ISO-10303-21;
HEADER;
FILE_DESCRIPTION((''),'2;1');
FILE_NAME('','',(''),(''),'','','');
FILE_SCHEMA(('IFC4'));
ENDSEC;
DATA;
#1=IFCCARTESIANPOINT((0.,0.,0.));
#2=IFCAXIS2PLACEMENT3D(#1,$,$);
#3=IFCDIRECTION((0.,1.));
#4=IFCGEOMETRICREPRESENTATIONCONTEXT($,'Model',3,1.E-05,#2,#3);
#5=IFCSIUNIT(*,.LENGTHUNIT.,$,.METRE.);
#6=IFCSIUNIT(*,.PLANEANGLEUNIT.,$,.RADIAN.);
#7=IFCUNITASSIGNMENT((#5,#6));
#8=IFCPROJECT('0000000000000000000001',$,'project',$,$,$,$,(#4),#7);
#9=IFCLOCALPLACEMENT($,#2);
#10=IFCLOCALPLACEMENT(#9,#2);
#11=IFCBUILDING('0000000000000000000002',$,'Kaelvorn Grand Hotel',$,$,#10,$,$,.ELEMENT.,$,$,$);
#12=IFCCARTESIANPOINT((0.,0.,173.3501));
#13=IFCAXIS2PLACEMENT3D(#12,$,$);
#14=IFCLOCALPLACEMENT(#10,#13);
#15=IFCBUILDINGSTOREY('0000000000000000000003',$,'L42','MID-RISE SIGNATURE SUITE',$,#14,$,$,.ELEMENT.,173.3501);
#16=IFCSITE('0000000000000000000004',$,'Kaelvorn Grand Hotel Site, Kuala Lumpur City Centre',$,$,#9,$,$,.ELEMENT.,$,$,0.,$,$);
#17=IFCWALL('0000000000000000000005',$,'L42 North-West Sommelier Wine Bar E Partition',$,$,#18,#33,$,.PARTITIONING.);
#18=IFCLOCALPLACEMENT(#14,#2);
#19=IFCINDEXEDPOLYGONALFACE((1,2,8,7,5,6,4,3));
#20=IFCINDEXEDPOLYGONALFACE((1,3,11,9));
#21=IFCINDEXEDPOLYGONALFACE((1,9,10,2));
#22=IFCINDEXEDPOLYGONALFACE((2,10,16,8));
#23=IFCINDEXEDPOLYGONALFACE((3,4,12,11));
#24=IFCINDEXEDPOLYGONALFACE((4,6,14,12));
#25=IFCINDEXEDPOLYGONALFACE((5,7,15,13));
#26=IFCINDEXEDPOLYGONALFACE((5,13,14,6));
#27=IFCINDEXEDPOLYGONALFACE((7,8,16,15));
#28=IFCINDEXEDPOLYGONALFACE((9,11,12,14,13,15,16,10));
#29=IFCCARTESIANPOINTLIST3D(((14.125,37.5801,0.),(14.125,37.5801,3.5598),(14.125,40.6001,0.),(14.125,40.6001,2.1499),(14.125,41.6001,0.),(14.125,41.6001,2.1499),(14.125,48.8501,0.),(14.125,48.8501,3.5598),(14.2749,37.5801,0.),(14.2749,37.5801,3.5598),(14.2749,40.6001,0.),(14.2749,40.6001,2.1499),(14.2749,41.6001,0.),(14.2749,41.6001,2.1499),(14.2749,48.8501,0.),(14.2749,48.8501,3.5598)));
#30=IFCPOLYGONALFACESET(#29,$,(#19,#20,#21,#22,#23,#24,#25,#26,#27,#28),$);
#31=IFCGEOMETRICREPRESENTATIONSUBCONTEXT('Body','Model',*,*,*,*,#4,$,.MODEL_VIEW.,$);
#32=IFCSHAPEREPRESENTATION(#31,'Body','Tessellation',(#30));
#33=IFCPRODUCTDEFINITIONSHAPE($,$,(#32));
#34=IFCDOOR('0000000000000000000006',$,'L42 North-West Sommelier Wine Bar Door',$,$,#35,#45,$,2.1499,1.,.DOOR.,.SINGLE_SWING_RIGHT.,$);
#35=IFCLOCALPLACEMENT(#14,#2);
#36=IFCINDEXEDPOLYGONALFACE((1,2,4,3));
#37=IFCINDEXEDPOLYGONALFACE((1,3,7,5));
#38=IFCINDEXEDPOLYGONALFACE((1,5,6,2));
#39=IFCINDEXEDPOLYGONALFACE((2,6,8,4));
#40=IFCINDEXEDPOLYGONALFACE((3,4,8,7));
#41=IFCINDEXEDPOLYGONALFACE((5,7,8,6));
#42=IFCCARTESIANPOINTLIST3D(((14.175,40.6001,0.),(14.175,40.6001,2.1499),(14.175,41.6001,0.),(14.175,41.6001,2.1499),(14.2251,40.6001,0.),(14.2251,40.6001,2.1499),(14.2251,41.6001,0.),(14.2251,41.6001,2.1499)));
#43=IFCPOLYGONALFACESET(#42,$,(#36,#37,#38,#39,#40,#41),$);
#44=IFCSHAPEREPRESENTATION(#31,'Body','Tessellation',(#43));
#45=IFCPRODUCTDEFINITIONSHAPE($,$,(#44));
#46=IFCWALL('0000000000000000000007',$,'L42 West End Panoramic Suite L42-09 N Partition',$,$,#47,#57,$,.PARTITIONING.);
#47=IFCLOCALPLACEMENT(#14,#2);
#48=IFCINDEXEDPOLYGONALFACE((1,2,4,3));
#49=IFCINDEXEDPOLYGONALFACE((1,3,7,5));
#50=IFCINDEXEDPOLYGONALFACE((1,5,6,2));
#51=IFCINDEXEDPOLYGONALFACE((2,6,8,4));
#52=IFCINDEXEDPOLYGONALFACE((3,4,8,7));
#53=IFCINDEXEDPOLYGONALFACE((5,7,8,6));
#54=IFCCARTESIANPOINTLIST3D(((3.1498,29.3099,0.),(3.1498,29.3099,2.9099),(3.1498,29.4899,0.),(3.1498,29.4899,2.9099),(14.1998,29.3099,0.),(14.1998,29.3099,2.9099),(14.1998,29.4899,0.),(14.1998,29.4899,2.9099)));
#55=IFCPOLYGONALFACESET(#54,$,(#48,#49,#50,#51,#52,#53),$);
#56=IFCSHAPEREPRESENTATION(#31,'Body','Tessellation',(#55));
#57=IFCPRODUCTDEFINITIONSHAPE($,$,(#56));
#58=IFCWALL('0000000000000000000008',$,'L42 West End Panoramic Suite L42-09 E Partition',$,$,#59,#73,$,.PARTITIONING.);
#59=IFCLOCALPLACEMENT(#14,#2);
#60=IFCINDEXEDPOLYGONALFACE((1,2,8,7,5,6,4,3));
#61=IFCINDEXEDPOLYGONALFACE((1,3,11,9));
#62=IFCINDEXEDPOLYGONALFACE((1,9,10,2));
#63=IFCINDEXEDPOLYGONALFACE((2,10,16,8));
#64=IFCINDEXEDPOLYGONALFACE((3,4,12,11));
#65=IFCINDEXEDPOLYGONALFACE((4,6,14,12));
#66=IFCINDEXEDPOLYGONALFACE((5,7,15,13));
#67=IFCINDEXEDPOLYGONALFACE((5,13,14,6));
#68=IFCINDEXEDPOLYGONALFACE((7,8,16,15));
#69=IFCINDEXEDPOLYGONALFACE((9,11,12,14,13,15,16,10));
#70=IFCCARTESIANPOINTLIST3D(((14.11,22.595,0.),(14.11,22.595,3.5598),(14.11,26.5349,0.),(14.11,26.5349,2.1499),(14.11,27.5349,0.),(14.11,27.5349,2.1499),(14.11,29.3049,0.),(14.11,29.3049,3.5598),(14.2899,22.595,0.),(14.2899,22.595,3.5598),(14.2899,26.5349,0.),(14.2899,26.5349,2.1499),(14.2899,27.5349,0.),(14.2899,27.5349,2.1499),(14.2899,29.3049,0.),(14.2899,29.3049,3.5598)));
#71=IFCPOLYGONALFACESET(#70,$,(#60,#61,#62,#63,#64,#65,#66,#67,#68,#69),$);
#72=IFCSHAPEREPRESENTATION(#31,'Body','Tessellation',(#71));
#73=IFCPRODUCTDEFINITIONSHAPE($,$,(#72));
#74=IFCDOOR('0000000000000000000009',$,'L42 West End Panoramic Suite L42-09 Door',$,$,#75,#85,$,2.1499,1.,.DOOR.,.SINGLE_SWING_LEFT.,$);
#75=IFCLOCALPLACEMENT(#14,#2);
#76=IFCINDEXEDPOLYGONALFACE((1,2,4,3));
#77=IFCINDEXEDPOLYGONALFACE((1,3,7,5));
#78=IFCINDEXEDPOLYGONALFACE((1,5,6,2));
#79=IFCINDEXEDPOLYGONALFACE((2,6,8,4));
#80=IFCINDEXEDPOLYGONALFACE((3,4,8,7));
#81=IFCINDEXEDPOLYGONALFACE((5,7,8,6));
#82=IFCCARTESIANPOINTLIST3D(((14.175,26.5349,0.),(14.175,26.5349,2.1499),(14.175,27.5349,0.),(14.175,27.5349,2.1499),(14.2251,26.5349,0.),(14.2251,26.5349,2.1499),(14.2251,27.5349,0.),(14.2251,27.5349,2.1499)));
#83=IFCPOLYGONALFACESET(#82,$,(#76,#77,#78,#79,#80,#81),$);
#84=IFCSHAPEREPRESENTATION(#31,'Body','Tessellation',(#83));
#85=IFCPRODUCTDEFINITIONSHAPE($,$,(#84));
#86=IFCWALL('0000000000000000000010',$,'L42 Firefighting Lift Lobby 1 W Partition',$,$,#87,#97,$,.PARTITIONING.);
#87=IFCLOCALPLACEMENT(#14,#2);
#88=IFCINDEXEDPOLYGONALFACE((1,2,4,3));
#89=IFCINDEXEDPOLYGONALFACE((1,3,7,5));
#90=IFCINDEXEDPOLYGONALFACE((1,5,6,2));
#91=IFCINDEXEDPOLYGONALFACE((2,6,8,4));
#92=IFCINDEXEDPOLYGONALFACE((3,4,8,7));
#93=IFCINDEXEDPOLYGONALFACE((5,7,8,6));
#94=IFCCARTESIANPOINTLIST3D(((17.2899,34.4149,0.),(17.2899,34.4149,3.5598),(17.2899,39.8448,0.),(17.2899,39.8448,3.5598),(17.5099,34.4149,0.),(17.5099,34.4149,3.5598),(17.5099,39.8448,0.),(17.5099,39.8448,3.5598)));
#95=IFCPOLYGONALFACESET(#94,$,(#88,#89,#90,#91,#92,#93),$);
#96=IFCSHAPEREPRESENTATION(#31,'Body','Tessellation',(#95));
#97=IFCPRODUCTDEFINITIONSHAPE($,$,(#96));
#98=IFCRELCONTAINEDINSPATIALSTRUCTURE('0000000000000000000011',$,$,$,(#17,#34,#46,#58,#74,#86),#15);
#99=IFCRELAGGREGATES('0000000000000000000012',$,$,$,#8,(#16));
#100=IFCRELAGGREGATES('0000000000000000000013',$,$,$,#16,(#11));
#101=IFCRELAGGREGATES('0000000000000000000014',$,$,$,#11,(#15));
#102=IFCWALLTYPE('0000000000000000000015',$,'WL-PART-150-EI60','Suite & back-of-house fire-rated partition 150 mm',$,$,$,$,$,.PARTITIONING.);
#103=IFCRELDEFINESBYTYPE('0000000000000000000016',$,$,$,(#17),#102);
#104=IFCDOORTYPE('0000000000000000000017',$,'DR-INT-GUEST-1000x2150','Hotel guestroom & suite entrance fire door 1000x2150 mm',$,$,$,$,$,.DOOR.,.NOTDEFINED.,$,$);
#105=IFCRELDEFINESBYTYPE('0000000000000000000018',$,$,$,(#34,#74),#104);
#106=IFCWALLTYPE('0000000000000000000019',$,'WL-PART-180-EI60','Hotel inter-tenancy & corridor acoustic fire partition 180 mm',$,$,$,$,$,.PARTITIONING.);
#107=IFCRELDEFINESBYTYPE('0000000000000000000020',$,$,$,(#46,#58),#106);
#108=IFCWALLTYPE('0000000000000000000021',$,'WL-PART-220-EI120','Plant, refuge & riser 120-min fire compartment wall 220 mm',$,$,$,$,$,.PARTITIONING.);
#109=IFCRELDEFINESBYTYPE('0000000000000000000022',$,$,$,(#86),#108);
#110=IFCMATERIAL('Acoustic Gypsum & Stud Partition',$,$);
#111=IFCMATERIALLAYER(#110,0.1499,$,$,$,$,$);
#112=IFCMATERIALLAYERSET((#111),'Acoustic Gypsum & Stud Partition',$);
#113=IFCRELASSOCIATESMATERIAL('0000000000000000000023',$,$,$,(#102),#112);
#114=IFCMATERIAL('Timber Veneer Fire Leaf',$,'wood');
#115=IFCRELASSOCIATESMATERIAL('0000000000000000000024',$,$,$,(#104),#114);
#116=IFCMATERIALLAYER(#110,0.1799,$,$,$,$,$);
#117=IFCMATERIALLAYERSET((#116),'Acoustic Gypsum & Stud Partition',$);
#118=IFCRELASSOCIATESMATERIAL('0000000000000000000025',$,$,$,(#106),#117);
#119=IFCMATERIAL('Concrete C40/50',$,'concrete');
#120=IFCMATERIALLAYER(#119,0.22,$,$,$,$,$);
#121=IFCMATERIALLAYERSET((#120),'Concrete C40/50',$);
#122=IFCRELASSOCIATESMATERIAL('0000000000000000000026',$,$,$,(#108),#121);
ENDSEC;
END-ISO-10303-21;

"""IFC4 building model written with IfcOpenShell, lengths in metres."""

from ifc_helpers import new_model, si_unit, direction, frame, frame_2d, origin, place, context, subcontext, project, spatial, rectangle, extrude, material, layer, layer_set, type_object, element, fill, save


model = new_model("IFC4")

# Units and contexts
model_context = context("Model", 3, precision=1e-05, world=origin(), true_north=direction((0.0, 1.0)))
body_context = subcontext(model_context, "Body", "Model", "MODEL_VIEW")
ifc_project = project(units=[si_unit("LENGTHUNIT", "METRE"), si_unit("PLANEANGLEUNIT", "RADIAN")], contexts=[model_context])

# Site, building, storey
site_placement = place(None, origin())
site = spatial("IfcSite", under=ifc_project, at=site_placement, Name="Kaelvorn Grand Hotel Site, Kuala Lumpur City Centre", CompositionType="ELEMENT", RefElevation=0.0)
building_placement = place(site_placement, origin())
building = spatial("IfcBuilding", under=site, at=building_placement, Name="Kaelvorn Grand Hotel", CompositionType="ELEMENT")
storey_placement = place(building_placement, frame((0.0, 0.0, 173.3501)))
storey = spatial("IfcBuildingStorey", under=building, at=storey_placement, Name="L42", Description="MID-RISE SIGNATURE SUITE", CompositionType="ELEMENT", Elevation=173.3501)

# Shared definitions
ifc_material_1 = material(Name="Acoustic Gypsum & Stud Partition")
ifc_layer_1 = layer(ifc_material_1, 0.1499)
ifc_layer_set_1 = layer_set([ifc_layer_1], Name="Acoustic Gypsum & Stud Partition")
wall_type_1 = type_object("IfcWallType", Name="WL-PART-150-EI60", Description="Suite & back-of-house fire-rated partition 150 mm", PredefinedType="PARTITIONING", material=ifc_layer_set_1)
ifc_material_2 = material(Name="Timber Veneer Fire Leaf", Category="wood")
door_type_1 = type_object("IfcDoorType", Name="DR-INT-GUEST-1000x2150", Description="Hotel guestroom & suite entrance fire door 1000x2150 mm", OperationType="NOTDEFINED", PredefinedType="DOOR", material=ifc_material_2)

# Wall, opening, door
wall_1_placement = place(storey_placement, frame((14.2, 37.5801, 0.0), z_axis=(0.0, 0.0, 1.0), x_axis=(0.0, 1.0, 0.0)))
wall_1 = element("IfcWall", 1, at=wall_1_placement, inside=storey, type_object=wall_type_1, Name="L42 North-West Sommelier Wine Bar E Partition", PredefinedType="PARTITIONING", context=body_context, shape_type="SweptSolid", body=[
    extrude(rectangle(XDim=11.27, YDim=0.1499, at=frame_2d((5.635, 0.0))), origin(), (0.0, 0.0, 1.0), 3.5598),
])
opening_1_placement = place(wall_1_placement, frame((3.02, 0.0, 0.0)))
opening_1 = element("IfcOpeningElement", 2, at=opening_1_placement, cuts=wall_1, PredefinedType="OPENING", context=body_context, shape_type="SweptSolid", body=[
    extrude(rectangle(XDim=1.0, YDim=2.1499, at=frame_2d((0.5, 1.075))), frame((0.0, 0.085, 0.0), z_axis=(0.0, -1.0, 0.0), x_axis=(1.0, 0.0, 0.0)), (0.0, 0.0, 1.0), 0.1699),
])
door_1_placement = place(opening_1_placement, origin())
door_1 = element("IfcDoor", 3, at=door_1_placement, inside=storey, type_object=door_type_1, Name="L42 North-West Sommelier Wine Bar Door", OperationType="SINGLE_SWING_RIGHT", OverallHeight=2.1499, OverallWidth=1.0, PredefinedType="DOOR", context=body_context, shape_type="SweptSolid", body=[
    extrude(rectangle(XDim=1.0, YDim=2.1499, at=frame_2d((0.5, 1.075))), frame((0.0, 0.0249, 0.0), z_axis=(0.0, -1.0, 0.0), x_axis=(1.0, 0.0, 0.0)), (0.0, 0.0, 1.0), 0.05),
])
fill(opening_1, door_1)

# Wall
ifc_layer_2 = layer(ifc_material_1, 0.1799)
ifc_layer_set_2 = layer_set([ifc_layer_2], Name="Acoustic Gypsum & Stud Partition")
wall_type_2 = type_object("IfcWallType", Name="WL-PART-180-EI60", Description="Hotel inter-tenancy & corridor acoustic fire partition 180 mm", PredefinedType="PARTITIONING", material=ifc_layer_set_2)
wall_2_placement = place(storey_placement, frame((3.1499, 29.3999, 0.0), z_axis=(0.0, 0.0, 1.0), x_axis=(1.0, 0.0, 0.0)))
element("IfcWall", 4, at=wall_2_placement, inside=storey, type_object=wall_type_2, Name="L42 West End Panoramic Suite L42-09 N Partition", PredefinedType="PARTITIONING", context=body_context, shape_type="SweptSolid", body=[
    extrude(rectangle(XDim=11.05, YDim=0.1799, at=frame_2d((5.5249, 0.0))), origin(), (0.0, 0.0, 1.0), 2.9099),
])

# Wall, opening, door
wall_3_placement = place(storey_placement, frame((14.2, 22.595, 0.0), z_axis=(0.0, 0.0, 1.0), x_axis=(0.0, 1.0, 0.0)))
wall_3 = element("IfcWall", 5, at=wall_3_placement, inside=storey, type_object=wall_type_2, Name="L42 West End Panoramic Suite L42-09 E Partition", PredefinedType="PARTITIONING", context=body_context, shape_type="SweptSolid", body=[
    extrude(rectangle(XDim=6.71, YDim=0.1799, at=frame_2d((3.355, 0.0))), origin(), (0.0, 0.0, 1.0), 3.5598),
])
opening_2_placement = place(wall_3_placement, frame((3.9399, 0.0, 0.0)))
opening_2 = element("IfcOpeningElement", 6, at=opening_2_placement, cuts=wall_3, PredefinedType="OPENING", context=body_context, shape_type="SweptSolid", body=[
    extrude(rectangle(XDim=1.0, YDim=2.1499, at=frame_2d((0.5, 1.075))), frame((0.0, 0.1001, 0.0), z_axis=(0.0, -1.0, 0.0), x_axis=(1.0, 0.0, 0.0)), (0.0, 0.0, 1.0), 0.2),
])
door_2_placement = place(opening_2_placement, origin())
door_2 = element("IfcDoor", 7, at=door_2_placement, inside=storey, type_object=door_type_1, Name="L42 West End Panoramic Suite L42-09 Door", OperationType="SINGLE_SWING_LEFT", OverallHeight=2.1499, OverallWidth=1.0, PredefinedType="DOOR", context=body_context, shape_type="SweptSolid", body=[
    extrude(rectangle(XDim=1.0, YDim=2.1499, at=frame_2d((0.5, 1.075))), frame((0.0, 0.0249, 0.0), z_axis=(0.0, -1.0, 0.0), x_axis=(1.0, 0.0, 0.0)), (0.0, 0.0, 1.0), 0.05),
])
fill(opening_2, door_2)
ifc_material_3 = material(Name="Concrete C40/50", Category="concrete")
ifc_layer_3 = layer(ifc_material_3, 0.22)
ifc_layer_set_3 = layer_set([ifc_layer_3], Name="Concrete C40/50")
wall_type_3 = type_object("IfcWallType", Name="WL-PART-220-EI120", Description="Plant, refuge & riser 120-min fire compartment wall 220 mm", PredefinedType="PARTITIONING", material=ifc_layer_set_3)

# Wall
wall_4_placement = place(storey_placement, frame((17.3999, 34.415, 0.0), z_axis=(0.0, 0.0, 1.0), x_axis=(0.0, 1.0, 0.0)))
element("IfcWall", 8, at=wall_4_placement, inside=storey, type_object=wall_type_3, Name="L42 Firefighting Lift Lobby 1 W Partition", PredefinedType="PARTITIONING", context=body_context, shape_type="SweptSolid", body=[
    extrude(rectangle(XDim=5.4299, YDim=0.22, at=frame_2d((2.7148, 0.0))), origin(), (0.0, 0.0, 1.0), 3.5598),
])

save(model, "model.ifc")
